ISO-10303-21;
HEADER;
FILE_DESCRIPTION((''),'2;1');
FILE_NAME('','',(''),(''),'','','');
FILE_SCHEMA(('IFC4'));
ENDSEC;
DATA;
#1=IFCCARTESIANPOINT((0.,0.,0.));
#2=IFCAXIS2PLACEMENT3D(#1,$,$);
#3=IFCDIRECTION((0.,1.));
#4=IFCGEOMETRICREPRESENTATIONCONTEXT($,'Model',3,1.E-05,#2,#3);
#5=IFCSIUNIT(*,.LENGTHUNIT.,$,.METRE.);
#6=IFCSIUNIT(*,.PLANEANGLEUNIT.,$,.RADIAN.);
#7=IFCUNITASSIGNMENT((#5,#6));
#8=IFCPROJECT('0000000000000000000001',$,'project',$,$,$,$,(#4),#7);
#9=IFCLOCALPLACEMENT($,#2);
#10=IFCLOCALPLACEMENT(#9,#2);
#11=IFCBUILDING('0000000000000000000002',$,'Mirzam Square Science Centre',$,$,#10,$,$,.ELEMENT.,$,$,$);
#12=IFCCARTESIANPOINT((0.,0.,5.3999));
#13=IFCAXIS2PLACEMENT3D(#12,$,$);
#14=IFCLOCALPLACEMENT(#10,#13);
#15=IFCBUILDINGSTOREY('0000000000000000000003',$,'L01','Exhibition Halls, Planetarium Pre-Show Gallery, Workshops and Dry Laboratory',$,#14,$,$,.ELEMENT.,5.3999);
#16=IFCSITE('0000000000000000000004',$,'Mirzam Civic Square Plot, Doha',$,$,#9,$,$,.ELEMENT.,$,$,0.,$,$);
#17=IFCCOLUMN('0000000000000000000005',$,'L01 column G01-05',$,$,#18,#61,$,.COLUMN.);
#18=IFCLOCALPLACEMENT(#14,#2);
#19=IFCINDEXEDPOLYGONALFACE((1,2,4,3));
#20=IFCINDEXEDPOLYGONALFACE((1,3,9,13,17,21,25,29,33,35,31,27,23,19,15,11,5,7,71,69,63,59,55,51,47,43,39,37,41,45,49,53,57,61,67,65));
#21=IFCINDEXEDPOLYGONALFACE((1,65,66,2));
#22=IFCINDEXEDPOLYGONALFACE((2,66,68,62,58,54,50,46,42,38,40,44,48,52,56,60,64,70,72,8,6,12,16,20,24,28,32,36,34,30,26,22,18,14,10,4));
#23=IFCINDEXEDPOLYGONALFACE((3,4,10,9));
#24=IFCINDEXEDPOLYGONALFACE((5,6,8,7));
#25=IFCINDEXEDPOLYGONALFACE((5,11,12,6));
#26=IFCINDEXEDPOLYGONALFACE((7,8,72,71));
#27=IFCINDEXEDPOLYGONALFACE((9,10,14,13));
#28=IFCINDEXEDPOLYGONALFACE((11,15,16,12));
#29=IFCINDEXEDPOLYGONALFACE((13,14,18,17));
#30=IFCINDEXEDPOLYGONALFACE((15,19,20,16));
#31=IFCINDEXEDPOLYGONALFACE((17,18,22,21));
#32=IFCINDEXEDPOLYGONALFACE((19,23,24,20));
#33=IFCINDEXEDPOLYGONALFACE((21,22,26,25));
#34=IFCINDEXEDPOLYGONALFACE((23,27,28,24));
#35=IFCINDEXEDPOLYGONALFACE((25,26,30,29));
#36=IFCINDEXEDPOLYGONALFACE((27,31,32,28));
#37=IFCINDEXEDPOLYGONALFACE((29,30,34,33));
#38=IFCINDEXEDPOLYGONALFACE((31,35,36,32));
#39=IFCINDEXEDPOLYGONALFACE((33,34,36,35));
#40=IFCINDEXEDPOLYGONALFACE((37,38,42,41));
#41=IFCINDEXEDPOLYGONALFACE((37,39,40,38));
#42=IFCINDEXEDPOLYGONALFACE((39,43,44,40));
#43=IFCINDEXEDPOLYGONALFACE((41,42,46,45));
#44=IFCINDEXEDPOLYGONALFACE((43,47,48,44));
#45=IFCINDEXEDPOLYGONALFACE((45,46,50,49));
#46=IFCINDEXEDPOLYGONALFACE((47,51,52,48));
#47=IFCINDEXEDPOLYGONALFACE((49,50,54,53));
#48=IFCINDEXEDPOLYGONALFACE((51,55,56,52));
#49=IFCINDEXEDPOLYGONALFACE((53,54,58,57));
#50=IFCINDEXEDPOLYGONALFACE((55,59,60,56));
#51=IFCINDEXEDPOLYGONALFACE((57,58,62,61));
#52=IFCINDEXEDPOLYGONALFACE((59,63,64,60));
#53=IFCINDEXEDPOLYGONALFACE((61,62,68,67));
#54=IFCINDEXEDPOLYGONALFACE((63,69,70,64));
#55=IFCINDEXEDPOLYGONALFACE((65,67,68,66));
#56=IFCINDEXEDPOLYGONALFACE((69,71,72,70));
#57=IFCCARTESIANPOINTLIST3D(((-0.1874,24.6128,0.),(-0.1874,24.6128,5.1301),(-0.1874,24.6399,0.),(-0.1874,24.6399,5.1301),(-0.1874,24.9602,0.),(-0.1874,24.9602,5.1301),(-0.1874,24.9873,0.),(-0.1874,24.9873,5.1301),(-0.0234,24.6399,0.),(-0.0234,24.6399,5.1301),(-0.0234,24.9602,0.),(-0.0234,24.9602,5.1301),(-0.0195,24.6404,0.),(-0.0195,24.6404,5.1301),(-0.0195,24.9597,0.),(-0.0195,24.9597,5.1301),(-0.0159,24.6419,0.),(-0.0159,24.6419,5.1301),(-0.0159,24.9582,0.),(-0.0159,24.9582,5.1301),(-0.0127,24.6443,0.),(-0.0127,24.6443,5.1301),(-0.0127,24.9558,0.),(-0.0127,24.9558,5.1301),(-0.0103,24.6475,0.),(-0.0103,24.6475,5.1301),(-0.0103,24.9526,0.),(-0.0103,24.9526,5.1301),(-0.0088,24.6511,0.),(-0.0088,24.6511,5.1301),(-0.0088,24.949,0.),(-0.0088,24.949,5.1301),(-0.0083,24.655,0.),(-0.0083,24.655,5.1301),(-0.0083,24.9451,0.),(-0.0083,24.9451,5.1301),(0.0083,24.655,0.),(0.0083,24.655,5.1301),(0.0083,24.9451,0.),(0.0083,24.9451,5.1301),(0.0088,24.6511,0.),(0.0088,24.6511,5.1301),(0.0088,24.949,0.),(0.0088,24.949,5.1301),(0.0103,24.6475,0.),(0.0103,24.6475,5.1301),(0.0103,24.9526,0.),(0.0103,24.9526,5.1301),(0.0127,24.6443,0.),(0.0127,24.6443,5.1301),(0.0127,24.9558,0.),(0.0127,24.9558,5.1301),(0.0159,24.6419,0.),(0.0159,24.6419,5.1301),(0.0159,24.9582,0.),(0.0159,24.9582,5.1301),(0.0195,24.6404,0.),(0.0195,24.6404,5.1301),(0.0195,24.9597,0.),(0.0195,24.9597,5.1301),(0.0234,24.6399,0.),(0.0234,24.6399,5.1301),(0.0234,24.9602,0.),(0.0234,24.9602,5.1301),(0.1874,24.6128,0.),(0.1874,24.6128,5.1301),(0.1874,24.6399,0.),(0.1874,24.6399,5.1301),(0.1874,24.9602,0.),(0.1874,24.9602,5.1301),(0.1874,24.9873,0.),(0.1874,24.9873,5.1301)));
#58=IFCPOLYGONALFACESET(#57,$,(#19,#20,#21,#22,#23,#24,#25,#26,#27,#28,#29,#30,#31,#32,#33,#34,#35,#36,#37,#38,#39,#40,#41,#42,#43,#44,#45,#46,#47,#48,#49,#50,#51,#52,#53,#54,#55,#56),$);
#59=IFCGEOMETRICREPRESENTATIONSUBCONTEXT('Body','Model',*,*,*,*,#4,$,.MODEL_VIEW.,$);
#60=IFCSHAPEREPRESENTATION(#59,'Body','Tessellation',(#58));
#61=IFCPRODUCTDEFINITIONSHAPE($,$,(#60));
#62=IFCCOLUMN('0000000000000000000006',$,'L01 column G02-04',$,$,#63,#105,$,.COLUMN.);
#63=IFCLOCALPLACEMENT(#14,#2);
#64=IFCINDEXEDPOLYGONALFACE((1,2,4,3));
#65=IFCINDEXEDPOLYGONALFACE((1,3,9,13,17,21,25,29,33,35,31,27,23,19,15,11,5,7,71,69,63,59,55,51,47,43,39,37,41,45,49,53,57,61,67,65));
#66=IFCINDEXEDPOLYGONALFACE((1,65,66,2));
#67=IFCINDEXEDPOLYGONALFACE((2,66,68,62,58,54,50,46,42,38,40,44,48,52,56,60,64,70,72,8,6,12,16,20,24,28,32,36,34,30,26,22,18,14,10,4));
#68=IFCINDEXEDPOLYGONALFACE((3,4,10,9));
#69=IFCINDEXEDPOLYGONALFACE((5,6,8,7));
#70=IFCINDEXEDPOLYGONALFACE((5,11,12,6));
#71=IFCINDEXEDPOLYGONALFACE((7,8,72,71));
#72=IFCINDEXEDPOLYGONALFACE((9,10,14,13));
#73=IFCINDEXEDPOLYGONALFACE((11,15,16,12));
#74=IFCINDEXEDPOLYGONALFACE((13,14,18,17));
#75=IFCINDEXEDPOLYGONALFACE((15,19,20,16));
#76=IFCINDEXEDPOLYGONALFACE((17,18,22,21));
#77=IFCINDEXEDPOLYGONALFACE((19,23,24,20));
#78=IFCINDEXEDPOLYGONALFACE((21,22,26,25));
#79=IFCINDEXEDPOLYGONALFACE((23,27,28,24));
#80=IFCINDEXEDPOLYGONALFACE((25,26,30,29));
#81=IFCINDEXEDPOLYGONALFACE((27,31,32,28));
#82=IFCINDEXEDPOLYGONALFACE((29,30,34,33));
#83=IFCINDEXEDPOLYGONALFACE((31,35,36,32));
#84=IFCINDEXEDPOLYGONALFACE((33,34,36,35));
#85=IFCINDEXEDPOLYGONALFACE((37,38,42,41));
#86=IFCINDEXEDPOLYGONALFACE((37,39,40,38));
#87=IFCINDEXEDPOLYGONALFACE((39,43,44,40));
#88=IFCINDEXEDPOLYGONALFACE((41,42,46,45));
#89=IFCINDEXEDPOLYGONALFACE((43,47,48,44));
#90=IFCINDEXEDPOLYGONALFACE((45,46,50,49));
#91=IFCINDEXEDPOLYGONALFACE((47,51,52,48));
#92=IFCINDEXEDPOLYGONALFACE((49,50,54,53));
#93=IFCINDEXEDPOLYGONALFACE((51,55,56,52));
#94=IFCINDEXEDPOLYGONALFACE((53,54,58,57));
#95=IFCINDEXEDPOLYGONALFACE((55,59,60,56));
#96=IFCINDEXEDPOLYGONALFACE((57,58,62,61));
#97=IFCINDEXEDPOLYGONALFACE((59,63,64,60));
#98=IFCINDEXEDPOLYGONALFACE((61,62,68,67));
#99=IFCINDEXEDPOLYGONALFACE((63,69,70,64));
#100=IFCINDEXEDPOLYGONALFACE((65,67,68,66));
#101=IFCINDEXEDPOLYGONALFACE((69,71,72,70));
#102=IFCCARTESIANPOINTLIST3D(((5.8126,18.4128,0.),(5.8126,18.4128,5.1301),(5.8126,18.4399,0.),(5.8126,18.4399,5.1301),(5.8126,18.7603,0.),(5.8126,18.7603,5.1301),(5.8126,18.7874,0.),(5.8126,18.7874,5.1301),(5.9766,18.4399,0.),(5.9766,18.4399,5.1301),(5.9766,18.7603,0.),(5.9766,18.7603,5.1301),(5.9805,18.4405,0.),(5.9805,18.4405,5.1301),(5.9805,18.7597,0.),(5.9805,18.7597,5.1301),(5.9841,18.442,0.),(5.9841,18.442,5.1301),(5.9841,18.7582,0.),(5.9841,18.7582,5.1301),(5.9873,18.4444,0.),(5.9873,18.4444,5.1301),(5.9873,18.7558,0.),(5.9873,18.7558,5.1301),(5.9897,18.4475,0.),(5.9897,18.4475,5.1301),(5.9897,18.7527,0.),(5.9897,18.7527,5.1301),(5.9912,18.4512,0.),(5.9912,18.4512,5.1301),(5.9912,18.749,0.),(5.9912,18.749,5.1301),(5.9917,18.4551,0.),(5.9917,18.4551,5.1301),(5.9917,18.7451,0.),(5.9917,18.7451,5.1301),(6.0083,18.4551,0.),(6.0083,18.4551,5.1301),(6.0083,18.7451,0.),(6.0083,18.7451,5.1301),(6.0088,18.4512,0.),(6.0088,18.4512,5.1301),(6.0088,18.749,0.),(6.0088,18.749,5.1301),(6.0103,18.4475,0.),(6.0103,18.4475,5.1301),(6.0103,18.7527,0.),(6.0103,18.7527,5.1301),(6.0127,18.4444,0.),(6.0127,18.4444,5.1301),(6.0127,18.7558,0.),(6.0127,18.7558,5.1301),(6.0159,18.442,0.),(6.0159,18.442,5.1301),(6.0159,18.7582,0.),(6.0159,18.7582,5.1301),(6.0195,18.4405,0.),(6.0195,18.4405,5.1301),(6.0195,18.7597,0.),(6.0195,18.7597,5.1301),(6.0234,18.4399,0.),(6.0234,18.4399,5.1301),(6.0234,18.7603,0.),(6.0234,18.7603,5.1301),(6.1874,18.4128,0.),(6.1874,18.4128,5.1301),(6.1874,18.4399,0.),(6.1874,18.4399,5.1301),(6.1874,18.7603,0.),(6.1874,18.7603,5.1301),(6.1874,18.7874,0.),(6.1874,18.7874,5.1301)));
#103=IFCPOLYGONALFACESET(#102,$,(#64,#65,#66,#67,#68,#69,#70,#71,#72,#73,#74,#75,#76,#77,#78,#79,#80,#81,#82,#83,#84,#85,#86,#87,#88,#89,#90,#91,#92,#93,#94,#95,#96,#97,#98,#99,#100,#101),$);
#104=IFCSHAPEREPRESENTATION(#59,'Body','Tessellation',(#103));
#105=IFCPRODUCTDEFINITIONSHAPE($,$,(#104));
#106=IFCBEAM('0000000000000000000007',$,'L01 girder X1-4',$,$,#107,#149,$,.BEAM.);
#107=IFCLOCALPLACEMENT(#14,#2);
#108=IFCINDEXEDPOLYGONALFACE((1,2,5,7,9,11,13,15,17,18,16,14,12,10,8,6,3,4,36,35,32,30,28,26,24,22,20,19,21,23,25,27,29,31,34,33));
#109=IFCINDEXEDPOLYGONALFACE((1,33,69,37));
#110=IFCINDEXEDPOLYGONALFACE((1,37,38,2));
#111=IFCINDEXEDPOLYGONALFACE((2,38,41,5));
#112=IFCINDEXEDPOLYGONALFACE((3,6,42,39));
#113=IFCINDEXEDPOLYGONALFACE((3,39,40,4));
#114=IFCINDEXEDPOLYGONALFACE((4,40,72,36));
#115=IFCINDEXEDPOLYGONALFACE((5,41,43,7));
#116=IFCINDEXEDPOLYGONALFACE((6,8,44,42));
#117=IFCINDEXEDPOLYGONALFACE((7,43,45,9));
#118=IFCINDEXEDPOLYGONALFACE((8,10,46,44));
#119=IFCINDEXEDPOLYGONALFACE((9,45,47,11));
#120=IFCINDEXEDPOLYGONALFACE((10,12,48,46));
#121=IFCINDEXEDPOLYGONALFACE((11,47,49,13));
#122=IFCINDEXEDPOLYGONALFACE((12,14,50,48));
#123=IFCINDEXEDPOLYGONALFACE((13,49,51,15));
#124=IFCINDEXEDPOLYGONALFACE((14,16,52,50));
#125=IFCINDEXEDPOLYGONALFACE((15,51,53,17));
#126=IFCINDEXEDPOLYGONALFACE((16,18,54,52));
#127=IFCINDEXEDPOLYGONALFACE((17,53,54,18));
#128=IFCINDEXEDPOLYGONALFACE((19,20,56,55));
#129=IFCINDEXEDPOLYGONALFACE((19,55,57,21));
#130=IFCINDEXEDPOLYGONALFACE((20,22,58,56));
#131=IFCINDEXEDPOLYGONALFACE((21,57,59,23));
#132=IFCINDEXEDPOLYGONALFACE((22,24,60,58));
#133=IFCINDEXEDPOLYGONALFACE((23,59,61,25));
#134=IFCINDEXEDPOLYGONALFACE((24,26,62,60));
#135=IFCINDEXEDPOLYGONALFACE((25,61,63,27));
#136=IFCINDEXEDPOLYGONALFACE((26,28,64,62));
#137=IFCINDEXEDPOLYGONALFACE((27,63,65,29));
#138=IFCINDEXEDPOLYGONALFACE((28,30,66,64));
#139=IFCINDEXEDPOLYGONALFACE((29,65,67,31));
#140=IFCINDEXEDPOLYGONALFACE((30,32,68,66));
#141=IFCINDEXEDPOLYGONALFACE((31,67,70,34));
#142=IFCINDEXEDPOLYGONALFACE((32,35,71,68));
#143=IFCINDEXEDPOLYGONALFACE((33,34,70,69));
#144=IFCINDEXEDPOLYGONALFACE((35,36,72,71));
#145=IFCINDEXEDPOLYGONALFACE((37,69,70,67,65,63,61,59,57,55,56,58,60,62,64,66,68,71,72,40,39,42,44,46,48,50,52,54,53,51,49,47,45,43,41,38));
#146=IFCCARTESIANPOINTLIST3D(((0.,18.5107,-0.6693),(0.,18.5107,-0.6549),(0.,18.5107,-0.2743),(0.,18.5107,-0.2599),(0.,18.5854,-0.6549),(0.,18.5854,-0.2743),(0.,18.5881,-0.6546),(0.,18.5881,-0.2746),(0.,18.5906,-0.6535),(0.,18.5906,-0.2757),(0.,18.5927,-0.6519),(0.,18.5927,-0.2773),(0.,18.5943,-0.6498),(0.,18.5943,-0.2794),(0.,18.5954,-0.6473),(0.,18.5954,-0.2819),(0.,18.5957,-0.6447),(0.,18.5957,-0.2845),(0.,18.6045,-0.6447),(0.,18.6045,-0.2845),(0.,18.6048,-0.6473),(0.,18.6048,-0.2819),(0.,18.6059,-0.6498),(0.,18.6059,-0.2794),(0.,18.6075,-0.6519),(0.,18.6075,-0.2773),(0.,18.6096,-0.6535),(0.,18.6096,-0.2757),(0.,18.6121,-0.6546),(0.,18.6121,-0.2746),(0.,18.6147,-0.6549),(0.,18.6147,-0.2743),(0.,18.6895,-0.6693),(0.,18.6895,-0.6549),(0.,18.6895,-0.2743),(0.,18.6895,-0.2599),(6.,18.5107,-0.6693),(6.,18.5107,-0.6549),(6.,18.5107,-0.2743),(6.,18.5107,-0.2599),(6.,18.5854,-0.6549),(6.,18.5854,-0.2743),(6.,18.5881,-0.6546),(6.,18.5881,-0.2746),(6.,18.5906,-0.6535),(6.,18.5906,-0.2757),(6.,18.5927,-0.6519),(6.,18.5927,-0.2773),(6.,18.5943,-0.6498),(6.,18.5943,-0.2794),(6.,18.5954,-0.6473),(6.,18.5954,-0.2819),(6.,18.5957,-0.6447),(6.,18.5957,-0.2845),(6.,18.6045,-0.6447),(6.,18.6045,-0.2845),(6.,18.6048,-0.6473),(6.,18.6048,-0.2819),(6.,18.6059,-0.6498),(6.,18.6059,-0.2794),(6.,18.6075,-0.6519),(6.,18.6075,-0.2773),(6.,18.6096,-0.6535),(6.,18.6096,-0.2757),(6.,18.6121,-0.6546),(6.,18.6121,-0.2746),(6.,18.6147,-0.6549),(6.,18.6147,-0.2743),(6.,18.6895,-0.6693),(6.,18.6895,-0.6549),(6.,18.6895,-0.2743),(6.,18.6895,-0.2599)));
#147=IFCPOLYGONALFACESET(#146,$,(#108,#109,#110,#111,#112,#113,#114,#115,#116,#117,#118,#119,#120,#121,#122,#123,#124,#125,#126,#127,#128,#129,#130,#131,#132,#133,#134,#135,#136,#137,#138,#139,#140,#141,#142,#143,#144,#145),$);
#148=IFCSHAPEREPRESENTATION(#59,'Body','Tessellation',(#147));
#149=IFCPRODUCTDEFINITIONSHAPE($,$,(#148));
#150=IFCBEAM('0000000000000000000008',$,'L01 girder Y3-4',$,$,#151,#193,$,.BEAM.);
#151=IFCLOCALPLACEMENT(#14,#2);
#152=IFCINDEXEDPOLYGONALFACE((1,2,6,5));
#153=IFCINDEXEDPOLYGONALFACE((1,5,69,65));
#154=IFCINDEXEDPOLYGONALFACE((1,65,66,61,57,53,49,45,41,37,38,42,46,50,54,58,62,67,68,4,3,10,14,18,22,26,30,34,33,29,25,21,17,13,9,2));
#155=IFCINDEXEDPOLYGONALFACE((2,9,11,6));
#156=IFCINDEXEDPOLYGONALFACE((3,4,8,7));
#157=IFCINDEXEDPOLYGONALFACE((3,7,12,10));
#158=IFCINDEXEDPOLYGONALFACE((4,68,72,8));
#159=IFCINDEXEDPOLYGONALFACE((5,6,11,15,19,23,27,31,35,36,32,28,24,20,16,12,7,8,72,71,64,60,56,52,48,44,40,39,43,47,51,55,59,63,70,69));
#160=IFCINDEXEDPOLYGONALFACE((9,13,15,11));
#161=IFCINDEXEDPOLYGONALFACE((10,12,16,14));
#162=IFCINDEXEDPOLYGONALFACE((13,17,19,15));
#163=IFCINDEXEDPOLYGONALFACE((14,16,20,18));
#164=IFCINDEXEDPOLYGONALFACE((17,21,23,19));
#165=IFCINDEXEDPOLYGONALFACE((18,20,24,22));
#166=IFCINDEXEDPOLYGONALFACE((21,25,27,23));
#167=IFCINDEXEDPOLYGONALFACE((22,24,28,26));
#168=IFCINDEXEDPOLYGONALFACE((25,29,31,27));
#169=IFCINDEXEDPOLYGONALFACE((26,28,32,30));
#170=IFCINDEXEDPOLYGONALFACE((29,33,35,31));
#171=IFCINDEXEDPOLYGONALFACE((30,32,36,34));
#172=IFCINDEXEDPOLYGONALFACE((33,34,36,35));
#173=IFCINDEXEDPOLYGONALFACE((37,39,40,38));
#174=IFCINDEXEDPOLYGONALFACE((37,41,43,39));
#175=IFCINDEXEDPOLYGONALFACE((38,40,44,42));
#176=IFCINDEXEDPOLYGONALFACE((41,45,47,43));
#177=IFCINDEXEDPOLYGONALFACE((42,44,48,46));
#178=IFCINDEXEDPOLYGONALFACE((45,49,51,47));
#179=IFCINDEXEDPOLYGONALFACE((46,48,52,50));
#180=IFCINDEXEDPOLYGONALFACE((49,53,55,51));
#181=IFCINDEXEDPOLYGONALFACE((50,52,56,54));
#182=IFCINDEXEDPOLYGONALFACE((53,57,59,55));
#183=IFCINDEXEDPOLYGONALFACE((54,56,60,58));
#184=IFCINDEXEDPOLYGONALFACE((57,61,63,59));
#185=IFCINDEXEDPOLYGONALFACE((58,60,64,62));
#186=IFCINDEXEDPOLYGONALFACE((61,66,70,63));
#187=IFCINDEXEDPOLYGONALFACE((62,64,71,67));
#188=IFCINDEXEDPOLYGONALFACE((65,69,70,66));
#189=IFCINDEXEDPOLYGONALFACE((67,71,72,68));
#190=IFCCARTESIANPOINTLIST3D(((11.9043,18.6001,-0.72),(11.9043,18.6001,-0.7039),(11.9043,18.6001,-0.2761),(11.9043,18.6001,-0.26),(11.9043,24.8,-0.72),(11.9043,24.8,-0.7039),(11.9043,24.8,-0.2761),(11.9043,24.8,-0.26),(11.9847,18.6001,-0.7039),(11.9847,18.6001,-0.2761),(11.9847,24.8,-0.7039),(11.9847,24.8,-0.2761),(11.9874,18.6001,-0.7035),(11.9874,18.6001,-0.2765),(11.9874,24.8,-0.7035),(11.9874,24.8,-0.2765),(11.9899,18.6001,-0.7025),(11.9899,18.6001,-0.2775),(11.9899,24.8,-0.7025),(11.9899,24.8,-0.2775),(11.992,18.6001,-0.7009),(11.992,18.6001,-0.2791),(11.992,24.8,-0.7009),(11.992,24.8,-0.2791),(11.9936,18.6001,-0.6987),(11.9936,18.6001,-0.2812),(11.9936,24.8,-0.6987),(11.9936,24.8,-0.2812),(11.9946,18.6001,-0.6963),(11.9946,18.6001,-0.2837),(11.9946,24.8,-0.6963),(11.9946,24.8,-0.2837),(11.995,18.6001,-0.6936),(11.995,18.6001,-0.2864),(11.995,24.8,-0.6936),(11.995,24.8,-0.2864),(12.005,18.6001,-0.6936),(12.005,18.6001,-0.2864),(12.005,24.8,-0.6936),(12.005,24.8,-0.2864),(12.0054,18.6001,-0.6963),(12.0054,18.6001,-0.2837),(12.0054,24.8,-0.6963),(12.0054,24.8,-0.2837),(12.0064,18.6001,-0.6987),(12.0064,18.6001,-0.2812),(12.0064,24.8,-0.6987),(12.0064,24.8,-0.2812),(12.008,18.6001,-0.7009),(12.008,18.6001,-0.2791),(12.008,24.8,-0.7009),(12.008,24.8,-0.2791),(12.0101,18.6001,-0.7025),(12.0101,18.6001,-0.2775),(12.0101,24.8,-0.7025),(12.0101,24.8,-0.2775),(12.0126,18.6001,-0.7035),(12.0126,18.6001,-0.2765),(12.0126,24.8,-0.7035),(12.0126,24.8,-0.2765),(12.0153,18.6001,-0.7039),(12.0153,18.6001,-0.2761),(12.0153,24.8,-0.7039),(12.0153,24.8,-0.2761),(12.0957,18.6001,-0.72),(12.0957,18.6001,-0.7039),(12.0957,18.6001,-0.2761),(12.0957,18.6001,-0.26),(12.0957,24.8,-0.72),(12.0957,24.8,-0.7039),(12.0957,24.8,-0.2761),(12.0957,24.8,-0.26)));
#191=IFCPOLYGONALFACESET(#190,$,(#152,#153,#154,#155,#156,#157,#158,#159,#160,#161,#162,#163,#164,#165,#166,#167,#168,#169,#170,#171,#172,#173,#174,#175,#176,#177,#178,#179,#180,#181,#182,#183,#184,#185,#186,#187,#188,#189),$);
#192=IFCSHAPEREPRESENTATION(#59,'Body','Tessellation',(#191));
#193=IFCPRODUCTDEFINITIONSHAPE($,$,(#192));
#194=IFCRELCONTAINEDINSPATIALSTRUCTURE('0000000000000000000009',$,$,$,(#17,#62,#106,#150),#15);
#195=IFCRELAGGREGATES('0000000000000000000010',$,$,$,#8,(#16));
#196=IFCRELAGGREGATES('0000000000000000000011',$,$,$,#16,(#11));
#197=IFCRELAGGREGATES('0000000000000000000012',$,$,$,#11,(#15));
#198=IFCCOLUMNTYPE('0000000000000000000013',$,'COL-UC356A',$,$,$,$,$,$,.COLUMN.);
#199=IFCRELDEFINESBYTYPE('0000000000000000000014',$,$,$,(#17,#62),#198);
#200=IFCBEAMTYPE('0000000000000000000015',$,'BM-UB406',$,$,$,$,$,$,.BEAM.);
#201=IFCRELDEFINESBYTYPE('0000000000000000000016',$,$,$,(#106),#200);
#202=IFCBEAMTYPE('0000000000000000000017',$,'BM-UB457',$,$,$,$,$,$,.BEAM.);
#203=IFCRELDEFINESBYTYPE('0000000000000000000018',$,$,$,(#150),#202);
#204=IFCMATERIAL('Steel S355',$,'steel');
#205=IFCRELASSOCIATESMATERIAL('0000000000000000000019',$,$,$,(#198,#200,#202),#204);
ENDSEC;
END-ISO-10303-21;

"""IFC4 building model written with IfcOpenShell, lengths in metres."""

from ifc_helpers import new_model, si_unit, direction, frame, origin, origin_2d, place, context, subcontext, project, spatial, i_section, extrude, material, material_profile, profile_set, type_object, element, save


model = new_model("IFC4")

# Units and contexts
model_context = context("Model", 3, precision=1e-05, world=origin(), true_north=direction((0.0, 1.0)))
body_context = subcontext(model_context, "Body", "Model", "MODEL_VIEW")
ifc_project = project(units=[si_unit("LENGTHUNIT", "METRE"), si_unit("PLANEANGLEUNIT", "RADIAN")], contexts=[model_context])

# Site, building, storey
site_placement = place(None, origin())
site = spatial("IfcSite", under=ifc_project, at=site_placement, Name="Mirzam Civic Square Plot, Doha", CompositionType="ELEMENT", RefElevation=0.0)
building_placement = place(site_placement, origin())
building = spatial("IfcBuilding", under=site, at=building_placement, Name="Mirzam Square Science Centre", CompositionType="ELEMENT")
storey_placement = place(building_placement, frame((0.0, 0.0, 5.3999)))
storey = spatial("IfcBuildingStorey", under=building, at=storey_placement, Name="L01", Description="Exhibition Halls, Planetarium Pre-Show Gallery, Workshops and Dry Laboratory", CompositionType="ELEMENT", Elevation=5.3999)

# Columns
ifc_material_1 = material(Name="Steel S355", Category="steel")
ifc_material_profile_1 = material_profile(ifc_material_1, i_section(OverallWidth=0.3748, OverallDepth=0.3745, WebThickness=0.0166, FlangeThickness=0.0271, FilletRadius=0.0151, at=origin_2d()), Name="356x368x202UC")
ifc_profile_set_1 = profile_set([ifc_material_profile_1], Name="Steel S355")
column_type_1 = type_object("IfcColumnType", Name="COL-UC356A", PredefinedType="COLUMN", material=ifc_profile_set_1)
for number, where, z_axis, x_axis, name in (
    (1, (0.0, 24.8, 0.0), (0.0, 0.0, 1.0), (1.0, 0.0, 0.0), "L01 column G01-05"),
    (2, (6.0, 18.6001, 0.0), (0.0, 0.0, 1.0), (1.0, 0.0, 0.0), "L01 column G02-04"),
):
    element("IfcColumn", number, at=place(storey_placement, frame(where, z_axis=z_axis, x_axis=x_axis)), inside=storey, type_object=column_type_1, Name=name, PredefinedType="COLUMN", context=body_context, shape_type="SweptSolid", body=[
        extrude(i_section(OverallWidth=0.3748, OverallDepth=0.3745, WebThickness=0.0166, FlangeThickness=0.0271, FilletRadius=0.0151, at=origin_2d()), origin(), (0.0, 0.0, 1.0), 5.1301),
    ])

# Beams
ifc_material_profile_2 = material_profile(ifc_material_1, i_section(OverallWidth=0.1787, OverallDepth=0.4094, WebThickness=0.0088, FlangeThickness=0.0144, FilletRadius=0.0103, at=origin_2d()), Name="406x178x67UB")
ifc_profile_set_2 = profile_set([ifc_material_profile_2], Name="Steel S355")
beam_type_1 = type_object("IfcBeamType", Name="BM-UB406", PredefinedType="BEAM", material=ifc_profile_set_2)
beam_1_placement = place(storey_placement, frame((0.0, 18.6001, -0.4646), z_axis=(1.0, 0.0, 0.0), x_axis=(0.0, 1.0, 0.0)))
element("IfcBeam", 3, at=beam_1_placement, inside=storey, type_object=beam_type_1, Name="L01 girder X1-4", PredefinedType="BEAM", context=body_context, shape_type="SweptSolid", body=[
    extrude(i_section(OverallWidth=0.1787, OverallDepth=0.4094, WebThickness=0.0088, FlangeThickness=0.0144, FilletRadius=0.0103, at=origin_2d()), origin(), (0.0, 0.0, 1.0), 6.0),
])
ifc_material_profile_3 = material_profile(ifc_material_1, i_section(OverallWidth=0.1914, OverallDepth=0.46, WebThickness=0.01, FlangeThickness=0.0161, FilletRadius=0.0103, at=origin_2d()), Name="457x191x82UB")
ifc_profile_set_3 = profile_set([ifc_material_profile_3], Name="Steel S355")
beam_type_2 = type_object("IfcBeamType", Name="BM-UB457", PredefinedType="BEAM", material=ifc_profile_set_3)
beam_2_placement = place(storey_placement, frame((12.0, 18.6001, -0.49), z_axis=(0.0, 1.0, 0.0), x_axis=(-1.0, 0.0, 0.0)))
element("IfcBeam", 4, at=beam_2_placement, inside=storey, type_object=beam_type_2, Name="L01 girder Y3-4", PredefinedType="BEAM", context=body_context, shape_type="SweptSolid", body=[
    extrude(i_section(OverallWidth=0.1914, OverallDepth=0.46, WebThickness=0.01, FlangeThickness=0.0161, FilletRadius=0.0103, at=origin_2d()), origin(), (0.0, 0.0, 1.0), 6.2),
])

save(model, "model.ifc")
